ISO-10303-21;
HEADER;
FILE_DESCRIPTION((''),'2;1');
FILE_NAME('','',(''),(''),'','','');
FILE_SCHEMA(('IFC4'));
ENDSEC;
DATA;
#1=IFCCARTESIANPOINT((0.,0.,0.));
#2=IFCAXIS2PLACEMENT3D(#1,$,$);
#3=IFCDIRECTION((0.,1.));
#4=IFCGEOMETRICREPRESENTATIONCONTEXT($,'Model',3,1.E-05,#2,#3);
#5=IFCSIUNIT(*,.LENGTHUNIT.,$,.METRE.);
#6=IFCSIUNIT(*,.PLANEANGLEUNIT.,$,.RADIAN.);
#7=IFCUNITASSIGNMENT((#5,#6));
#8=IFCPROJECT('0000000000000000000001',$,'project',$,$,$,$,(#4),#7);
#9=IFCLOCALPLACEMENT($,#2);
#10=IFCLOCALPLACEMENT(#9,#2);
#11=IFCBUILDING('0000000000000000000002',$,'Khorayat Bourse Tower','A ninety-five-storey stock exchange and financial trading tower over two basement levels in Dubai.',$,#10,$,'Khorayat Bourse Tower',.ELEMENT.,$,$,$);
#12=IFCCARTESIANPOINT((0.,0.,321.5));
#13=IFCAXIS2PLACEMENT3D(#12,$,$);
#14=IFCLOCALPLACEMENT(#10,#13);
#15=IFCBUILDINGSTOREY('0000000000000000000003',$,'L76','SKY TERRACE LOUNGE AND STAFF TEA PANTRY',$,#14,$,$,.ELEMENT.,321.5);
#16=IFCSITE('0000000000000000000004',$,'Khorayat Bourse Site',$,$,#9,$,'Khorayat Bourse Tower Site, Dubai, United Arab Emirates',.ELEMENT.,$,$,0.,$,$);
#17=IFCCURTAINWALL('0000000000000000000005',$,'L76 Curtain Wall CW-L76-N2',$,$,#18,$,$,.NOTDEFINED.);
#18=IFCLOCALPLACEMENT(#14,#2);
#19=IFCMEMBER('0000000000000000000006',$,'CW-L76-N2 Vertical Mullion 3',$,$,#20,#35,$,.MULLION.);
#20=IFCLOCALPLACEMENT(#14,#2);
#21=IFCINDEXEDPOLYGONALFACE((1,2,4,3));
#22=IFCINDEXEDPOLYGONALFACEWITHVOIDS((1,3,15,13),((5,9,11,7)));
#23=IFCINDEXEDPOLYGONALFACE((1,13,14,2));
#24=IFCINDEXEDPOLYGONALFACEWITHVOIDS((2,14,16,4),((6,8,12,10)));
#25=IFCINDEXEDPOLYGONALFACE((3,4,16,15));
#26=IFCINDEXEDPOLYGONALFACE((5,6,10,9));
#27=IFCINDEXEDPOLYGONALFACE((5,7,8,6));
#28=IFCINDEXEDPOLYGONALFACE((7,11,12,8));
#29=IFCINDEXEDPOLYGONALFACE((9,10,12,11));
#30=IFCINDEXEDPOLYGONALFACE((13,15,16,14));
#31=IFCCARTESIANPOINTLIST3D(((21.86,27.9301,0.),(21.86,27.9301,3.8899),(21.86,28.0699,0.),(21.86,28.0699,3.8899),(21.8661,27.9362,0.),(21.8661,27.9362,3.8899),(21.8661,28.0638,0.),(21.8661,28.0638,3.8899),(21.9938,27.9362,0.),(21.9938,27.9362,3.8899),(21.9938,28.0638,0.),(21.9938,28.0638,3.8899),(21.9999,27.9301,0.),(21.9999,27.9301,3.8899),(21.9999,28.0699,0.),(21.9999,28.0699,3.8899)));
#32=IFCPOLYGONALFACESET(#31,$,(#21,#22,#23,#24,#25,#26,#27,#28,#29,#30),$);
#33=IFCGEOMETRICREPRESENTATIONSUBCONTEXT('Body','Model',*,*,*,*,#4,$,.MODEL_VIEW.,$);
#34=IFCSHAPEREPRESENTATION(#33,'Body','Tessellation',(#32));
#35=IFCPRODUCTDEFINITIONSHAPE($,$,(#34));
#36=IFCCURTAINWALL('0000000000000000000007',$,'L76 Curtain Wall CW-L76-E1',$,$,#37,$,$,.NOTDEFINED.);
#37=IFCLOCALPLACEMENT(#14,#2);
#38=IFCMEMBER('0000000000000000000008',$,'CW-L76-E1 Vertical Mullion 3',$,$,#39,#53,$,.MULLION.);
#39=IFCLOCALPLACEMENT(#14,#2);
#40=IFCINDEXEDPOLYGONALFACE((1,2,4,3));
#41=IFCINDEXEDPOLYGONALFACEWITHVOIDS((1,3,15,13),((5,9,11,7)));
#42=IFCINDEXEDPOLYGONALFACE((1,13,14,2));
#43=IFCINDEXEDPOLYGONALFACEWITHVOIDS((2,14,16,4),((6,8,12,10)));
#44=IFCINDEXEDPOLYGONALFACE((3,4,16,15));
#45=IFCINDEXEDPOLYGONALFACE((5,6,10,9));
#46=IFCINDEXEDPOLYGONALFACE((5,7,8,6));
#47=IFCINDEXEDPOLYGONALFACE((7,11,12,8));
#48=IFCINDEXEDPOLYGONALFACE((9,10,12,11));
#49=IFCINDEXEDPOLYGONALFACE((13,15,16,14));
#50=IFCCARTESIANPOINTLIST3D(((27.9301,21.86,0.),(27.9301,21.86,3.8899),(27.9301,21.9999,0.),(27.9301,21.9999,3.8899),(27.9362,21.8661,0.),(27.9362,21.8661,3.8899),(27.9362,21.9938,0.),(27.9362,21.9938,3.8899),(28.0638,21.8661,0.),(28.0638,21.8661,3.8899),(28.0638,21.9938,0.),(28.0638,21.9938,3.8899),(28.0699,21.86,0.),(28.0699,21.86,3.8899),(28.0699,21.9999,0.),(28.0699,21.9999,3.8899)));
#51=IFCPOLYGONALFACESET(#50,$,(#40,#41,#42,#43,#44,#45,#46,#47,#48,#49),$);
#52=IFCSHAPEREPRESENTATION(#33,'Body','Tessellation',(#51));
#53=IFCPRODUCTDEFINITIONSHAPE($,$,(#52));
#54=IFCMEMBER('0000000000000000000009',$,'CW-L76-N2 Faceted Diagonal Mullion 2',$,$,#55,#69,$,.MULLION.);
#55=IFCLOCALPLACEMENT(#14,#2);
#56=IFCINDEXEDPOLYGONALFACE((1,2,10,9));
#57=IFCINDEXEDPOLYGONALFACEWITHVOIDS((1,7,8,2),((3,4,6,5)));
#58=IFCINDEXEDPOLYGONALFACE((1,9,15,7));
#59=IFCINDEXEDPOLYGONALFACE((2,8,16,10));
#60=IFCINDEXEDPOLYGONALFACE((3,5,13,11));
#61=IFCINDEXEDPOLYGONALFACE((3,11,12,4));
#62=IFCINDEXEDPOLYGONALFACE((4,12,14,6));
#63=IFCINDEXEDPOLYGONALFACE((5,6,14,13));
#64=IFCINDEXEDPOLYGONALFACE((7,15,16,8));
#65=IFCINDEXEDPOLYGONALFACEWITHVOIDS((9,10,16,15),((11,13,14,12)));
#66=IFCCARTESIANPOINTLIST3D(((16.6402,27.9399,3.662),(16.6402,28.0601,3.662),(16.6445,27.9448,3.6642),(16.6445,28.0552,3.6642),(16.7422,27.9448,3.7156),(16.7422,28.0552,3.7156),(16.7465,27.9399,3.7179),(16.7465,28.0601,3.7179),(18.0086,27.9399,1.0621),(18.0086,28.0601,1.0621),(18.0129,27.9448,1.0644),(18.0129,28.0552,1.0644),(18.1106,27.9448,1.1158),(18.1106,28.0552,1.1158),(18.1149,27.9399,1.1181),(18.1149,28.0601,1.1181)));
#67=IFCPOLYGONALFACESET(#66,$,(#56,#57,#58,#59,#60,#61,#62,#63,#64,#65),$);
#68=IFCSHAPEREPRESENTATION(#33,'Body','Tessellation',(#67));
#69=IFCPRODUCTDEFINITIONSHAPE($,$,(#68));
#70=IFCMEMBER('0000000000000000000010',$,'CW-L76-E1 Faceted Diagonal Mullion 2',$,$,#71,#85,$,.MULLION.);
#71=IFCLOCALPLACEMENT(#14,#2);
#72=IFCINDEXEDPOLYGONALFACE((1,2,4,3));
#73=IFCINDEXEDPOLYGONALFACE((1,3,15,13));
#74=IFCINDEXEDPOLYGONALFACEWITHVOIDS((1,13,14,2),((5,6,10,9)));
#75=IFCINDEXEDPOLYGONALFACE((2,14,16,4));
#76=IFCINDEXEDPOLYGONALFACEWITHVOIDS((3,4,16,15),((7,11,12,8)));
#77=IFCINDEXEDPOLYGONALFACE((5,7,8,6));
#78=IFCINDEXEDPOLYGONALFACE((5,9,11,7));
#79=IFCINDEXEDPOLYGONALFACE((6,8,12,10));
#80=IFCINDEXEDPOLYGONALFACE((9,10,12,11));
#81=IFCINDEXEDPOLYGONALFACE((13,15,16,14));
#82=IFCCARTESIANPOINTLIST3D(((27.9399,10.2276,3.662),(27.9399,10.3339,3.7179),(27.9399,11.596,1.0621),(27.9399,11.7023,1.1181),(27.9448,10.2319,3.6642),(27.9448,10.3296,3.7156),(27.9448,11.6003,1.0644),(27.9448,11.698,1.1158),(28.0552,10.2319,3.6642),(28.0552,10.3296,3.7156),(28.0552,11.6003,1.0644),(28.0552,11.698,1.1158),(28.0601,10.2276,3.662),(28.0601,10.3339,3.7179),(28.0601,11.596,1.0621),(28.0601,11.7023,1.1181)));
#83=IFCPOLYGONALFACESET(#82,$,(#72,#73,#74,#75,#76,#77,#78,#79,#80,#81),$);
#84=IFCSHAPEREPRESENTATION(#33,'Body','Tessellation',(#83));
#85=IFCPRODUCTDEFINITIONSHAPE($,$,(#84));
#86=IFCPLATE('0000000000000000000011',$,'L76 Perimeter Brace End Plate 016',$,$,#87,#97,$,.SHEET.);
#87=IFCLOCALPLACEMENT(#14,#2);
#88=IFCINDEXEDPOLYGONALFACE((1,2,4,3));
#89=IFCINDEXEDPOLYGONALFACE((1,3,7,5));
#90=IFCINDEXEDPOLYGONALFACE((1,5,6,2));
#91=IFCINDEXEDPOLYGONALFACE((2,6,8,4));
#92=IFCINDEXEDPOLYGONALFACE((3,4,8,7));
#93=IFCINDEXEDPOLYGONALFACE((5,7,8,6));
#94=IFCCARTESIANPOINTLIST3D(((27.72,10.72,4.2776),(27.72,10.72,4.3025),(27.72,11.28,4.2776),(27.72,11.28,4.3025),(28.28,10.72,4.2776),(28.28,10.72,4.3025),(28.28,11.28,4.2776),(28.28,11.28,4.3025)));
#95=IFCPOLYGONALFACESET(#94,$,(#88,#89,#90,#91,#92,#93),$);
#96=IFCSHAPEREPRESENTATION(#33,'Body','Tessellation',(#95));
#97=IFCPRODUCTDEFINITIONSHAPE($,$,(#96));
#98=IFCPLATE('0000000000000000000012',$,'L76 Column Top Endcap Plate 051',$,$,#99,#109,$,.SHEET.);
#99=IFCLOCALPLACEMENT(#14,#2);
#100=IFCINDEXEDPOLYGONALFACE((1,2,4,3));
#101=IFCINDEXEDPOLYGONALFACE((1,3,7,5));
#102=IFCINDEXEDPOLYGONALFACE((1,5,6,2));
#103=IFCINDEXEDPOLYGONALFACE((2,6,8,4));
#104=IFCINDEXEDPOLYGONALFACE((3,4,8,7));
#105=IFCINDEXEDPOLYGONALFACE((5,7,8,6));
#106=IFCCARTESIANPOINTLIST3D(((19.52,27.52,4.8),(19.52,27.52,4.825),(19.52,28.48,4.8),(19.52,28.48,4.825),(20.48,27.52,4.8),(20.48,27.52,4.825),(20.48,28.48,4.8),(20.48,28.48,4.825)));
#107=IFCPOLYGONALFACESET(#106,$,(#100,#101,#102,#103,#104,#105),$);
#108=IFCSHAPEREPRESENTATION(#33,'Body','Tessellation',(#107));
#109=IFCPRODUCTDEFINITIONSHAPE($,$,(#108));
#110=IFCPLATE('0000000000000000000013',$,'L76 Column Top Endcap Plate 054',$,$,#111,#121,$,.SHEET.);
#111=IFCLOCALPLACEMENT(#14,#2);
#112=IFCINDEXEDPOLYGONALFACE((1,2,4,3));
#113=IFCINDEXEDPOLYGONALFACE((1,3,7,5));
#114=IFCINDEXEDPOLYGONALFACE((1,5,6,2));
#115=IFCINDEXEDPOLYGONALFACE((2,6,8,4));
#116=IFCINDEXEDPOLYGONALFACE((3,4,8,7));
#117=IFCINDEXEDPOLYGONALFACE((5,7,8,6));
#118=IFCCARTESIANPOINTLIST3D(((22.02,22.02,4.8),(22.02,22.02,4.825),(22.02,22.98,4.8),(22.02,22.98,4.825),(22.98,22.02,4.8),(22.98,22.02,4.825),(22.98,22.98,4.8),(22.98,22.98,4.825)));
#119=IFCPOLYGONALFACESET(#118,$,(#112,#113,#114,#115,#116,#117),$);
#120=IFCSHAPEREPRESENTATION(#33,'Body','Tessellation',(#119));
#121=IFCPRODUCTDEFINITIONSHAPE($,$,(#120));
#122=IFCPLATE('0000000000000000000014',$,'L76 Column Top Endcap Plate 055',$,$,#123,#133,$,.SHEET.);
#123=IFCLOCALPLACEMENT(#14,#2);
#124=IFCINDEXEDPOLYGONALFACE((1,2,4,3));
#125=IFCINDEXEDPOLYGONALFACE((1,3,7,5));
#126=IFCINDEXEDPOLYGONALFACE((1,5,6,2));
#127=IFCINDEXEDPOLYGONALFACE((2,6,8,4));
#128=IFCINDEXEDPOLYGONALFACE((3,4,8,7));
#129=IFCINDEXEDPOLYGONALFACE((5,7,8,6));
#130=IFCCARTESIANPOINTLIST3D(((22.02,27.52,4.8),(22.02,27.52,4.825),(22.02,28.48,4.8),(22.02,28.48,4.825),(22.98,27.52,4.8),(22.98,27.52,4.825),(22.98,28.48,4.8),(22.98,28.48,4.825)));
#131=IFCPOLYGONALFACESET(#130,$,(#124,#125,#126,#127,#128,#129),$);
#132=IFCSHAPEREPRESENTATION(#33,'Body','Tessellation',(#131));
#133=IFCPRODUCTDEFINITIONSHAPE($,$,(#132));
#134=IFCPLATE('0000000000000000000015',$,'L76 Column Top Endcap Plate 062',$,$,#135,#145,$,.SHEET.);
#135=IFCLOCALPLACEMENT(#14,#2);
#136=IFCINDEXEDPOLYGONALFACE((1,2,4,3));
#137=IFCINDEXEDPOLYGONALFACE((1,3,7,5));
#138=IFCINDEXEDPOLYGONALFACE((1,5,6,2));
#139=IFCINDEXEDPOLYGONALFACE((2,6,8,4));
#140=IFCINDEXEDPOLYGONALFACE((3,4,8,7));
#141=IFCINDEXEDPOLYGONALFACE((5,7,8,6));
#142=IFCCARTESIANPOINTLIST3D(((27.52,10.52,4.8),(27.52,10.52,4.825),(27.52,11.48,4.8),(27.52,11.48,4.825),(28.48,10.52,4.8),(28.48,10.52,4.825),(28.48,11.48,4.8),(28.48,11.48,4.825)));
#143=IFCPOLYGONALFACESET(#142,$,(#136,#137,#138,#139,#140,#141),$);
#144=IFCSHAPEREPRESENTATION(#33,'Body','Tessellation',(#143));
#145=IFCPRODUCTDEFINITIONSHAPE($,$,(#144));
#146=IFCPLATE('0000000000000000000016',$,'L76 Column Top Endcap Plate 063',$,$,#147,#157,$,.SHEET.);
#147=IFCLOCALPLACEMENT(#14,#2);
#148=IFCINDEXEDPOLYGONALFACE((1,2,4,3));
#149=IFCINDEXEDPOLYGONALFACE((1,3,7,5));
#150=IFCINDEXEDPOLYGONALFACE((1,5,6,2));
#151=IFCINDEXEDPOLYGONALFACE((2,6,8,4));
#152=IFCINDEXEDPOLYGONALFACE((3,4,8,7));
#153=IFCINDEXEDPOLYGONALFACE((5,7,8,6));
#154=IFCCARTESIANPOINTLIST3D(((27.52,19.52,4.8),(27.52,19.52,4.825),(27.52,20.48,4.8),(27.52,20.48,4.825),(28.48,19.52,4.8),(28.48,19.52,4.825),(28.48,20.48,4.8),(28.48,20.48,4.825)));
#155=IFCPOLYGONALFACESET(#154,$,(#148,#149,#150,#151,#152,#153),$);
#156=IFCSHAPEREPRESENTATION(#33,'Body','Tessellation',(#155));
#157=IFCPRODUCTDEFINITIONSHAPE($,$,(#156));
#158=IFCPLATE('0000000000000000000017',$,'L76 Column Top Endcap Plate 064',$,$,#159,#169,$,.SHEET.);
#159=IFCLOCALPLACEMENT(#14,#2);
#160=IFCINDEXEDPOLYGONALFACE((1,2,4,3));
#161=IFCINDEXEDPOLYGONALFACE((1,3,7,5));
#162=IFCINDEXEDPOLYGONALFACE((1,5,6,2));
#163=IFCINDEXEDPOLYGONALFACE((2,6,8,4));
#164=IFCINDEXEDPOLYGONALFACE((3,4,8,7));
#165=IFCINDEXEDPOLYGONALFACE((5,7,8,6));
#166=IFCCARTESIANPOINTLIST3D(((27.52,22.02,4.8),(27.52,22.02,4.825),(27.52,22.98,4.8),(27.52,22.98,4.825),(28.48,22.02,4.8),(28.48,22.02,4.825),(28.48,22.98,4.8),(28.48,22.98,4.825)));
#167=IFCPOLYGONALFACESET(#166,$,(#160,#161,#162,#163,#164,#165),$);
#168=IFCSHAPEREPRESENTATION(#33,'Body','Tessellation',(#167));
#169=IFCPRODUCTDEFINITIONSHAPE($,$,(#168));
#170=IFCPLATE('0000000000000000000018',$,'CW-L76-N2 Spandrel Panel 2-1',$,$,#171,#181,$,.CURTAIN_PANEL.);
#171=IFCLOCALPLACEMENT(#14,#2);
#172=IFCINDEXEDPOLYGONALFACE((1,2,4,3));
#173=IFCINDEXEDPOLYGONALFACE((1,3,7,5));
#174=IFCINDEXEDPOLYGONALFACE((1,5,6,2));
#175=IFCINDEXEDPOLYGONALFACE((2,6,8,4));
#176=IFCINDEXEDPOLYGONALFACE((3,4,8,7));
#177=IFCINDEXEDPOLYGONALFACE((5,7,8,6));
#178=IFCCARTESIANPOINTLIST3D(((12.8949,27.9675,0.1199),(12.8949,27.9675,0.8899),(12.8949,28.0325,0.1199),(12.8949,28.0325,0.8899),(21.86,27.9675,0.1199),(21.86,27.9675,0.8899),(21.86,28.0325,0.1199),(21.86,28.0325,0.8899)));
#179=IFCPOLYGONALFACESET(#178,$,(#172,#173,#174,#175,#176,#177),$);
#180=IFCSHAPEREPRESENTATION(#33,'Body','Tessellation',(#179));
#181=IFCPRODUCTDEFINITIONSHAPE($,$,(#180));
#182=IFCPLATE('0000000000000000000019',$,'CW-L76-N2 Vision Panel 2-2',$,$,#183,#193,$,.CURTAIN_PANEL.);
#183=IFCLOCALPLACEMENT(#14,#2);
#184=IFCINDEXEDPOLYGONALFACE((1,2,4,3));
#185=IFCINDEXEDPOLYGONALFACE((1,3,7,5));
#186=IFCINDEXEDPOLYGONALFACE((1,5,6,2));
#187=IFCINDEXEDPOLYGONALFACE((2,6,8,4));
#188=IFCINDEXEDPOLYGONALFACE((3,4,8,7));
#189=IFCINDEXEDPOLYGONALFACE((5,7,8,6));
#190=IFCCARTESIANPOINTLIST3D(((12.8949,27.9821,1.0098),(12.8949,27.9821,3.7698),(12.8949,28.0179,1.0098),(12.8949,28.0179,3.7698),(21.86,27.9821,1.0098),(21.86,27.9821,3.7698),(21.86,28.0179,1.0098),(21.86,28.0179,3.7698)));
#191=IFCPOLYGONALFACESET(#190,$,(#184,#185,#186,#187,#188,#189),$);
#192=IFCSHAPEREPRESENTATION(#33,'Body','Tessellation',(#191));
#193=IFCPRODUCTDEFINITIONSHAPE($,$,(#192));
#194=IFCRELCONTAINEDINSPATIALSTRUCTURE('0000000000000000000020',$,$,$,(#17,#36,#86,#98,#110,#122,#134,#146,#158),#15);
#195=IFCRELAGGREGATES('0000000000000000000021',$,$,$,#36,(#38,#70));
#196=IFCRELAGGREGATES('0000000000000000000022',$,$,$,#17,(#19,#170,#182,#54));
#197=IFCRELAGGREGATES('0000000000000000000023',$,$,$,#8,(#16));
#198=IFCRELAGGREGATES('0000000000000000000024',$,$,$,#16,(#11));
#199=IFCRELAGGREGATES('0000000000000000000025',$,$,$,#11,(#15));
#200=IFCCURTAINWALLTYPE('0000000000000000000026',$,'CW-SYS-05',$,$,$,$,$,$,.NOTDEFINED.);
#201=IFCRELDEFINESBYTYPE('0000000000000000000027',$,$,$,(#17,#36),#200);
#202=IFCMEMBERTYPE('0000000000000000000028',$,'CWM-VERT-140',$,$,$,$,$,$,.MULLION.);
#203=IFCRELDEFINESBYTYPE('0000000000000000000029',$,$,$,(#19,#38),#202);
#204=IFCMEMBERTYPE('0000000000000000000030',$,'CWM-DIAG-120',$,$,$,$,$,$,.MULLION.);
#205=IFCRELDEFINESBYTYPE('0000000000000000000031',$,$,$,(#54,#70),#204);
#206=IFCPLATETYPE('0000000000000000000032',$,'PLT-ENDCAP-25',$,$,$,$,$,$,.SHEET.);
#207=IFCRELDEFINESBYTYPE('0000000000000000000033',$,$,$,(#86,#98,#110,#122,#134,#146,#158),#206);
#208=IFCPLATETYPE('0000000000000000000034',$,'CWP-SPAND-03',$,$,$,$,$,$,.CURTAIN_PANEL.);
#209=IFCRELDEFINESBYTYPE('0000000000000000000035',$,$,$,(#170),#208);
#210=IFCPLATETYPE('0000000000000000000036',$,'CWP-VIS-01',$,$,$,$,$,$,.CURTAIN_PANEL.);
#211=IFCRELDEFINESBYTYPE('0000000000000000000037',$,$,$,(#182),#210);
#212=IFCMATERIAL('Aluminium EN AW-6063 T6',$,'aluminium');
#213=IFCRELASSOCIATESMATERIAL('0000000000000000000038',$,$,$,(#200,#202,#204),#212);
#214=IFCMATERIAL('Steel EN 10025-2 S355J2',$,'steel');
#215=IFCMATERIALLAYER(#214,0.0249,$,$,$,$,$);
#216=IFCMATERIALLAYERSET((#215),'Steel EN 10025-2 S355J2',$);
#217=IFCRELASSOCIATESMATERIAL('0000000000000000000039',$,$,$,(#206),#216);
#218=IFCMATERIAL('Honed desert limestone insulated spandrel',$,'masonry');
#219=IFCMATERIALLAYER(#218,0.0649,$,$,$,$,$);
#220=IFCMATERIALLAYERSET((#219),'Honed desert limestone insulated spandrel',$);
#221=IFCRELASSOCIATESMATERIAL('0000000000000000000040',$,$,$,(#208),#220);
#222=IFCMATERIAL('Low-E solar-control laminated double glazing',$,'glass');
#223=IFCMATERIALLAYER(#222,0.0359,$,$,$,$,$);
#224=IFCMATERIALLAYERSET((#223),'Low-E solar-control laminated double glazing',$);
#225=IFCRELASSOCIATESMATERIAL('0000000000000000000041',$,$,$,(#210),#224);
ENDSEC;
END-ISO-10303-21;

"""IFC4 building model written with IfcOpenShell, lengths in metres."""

from ifc_helpers import new_model, si_unit, direction, frame, origin, origin_2d, place, context, subcontext, project, spatial, rectangle, hollow_rectangle, extrude, source, transform, mapped, material, layer, layer_set, material_profile, profile_set, type_object, element, aggregate, save


model = new_model("IFC4")

# Units and contexts
model_context = context("Model", 3, precision=1e-05, world=origin(), true_north=direction((0.0, 1.0)))
body_context = subcontext(model_context, "Body", "Model", "MODEL_VIEW")
ifc_project = project(units=[si_unit("LENGTHUNIT", "METRE"), si_unit("PLANEANGLEUNIT", "RADIAN")], contexts=[model_context])

# Site, building, storey
site_placement = place(None, origin())
site = spatial("IfcSite", under=ifc_project, at=site_placement, Name="Khorayat Bourse Site", LongName="Khorayat Bourse Tower Site, Dubai, United Arab Emirates", CompositionType="ELEMENT", RefElevation=0.0)
building_placement = place(site_placement, origin())
building = spatial("IfcBuilding", under=site, at=building_placement, Name="Khorayat Bourse Tower", Description="A ninety-five-storey stock exchange and financial trading tower over two basement levels in Dubai.", LongName="Khorayat Bourse Tower", CompositionType="ELEMENT")
storey_placement = place(building_placement, frame((0.0, 0.0, 321.5)))
storey = spatial("IfcBuildingStorey", under=building, at=storey_placement, Name="L76", Description="SKY TERRACE LOUNGE AND STAFF TEA PANTRY", CompositionType="ELEMENT", Elevation=321.5)

# Curtain walls, members
ifc_material_1 = material(Name="Aluminium EN AW-6063 T6", Category="aluminium")
curtain_wall_type = type_object("IfcCurtainWallType", Name="CW-SYS-05", PredefinedType="NOTDEFINED", material=ifc_material_1)
curtain_wall_1_placement = place(storey_placement, origin())
curtain_wall_1 = element("IfcCurtainWall", 1, at=curtain_wall_1_placement, inside=storey, type_object=curtain_wall_type, Name="L76 Curtain Wall CW-L76-N2", PredefinedType="NOTDEFINED")
ifc_material_profile_1 = material_profile(ifc_material_1, hollow_rectangle(XDim=0.1399, YDim=0.1399, WallThickness=0.0061, at=origin_2d()), Name="ALU 140x140x6")
ifc_profile_set_1 = profile_set([ifc_material_profile_1], Name="Aluminium EN AW-6063 T6")
member_type_1 = type_object("IfcMemberType", Name="CWM-VERT-140", PredefinedType="MULLION", material=ifc_profile_set_1)
shared_shape_1 = source(origin(), body_context, "Body", "SweptSolid", [
    extrude(hollow_rectangle(XDim=0.1399, YDim=0.1399, WallThickness=0.0061, at=origin_2d()), origin(), (0.0, 0.0, 1.0), 3.8899),
])
member_1_placement = place(storey_placement, frame((21.9299, 28.0, 0.0), z_axis=(0.0, 0.0, 1.0), x_axis=(0.0, 1.0, 0.0)))
member_1 = element("IfcMember", 2, at=member_1_placement, type_object=member_type_1, Name="CW-L76-N2 Vertical Mullion 3", PredefinedType="MULLION", context=body_context, shape_type="MappedRepresentation", body=[
    mapped(shared_shape_1, transform((0.0, 0.0, 0.0), scale=1.0)),
])
curtain_wall_2_placement = place(storey_placement, origin())
curtain_wall_2 = element("IfcCurtainWall", 3, at=curtain_wall_2_placement, inside=storey, type_object=curtain_wall_type, Name="L76 Curtain Wall CW-L76-E1", PredefinedType="NOTDEFINED")
member_2_placement = place(storey_placement, frame((28.0, 21.9299, 0.0), z_axis=(0.0, 0.0, 1.0), x_axis=(-1.0, 0.0, 0.0)))
member_2 = element("IfcMember", 4, at=member_2_placement, type_object=member_type_1, Name="CW-L76-E1 Vertical Mullion 3", PredefinedType="MULLION", context=body_context, shape_type="MappedRepresentation", body=[
    mapped(shared_shape_1, transform((0.0, 0.0, 0.0), scale=1.0)),
])

# Members
ifc_material_profile_2 = material_profile(ifc_material_1, hollow_rectangle(XDim=0.1201, YDim=0.1201, WallThickness=0.0049, at=origin_2d()), Name="ALU 120x120x5")
ifc_profile_set_2 = profile_set([ifc_material_profile_2], Name="Aluminium EN AW-6063 T6")
member_type_2 = type_object("IfcMemberType", Name="CWM-DIAG-120", PredefinedType="MULLION", material=ifc_profile_set_2)
shared_shape_2 = source(origin(), body_context, "Body", "SweptSolid", [
    extrude(hollow_rectangle(XDim=0.1201, YDim=0.1201, WallThickness=0.0049, at=origin_2d()), origin(), (0.0, 0.0, 1.0), 2.938),
])
member_3_placement = place(storey_placement, frame((18.0618, 28.0, 1.0901), z_axis=(-0.465764, 0.0, 0.884909), x_axis=(0.0, -1.0, 0.0)))
member_3 = element("IfcMember", 5, at=member_3_placement, type_object=member_type_2, Name="CW-L76-N2 Faceted Diagonal Mullion 2", PredefinedType="MULLION", context=body_context, shape_type="MappedRepresentation", body=[
    mapped(shared_shape_2, transform((0.0, 0.0, 0.0), scale=1.0)),
])
member_4_placement = place(storey_placement, frame((28.0, 11.6492, 1.0901), z_axis=(0.0, -0.465764, 0.884909), x_axis=(1.0, 0.0, 0.0)))
member_4 = element("IfcMember", 6, at=member_4_placement, type_object=member_type_2, Name="CW-L76-E1 Faceted Diagonal Mullion 2", PredefinedType="MULLION", context=body_context, shape_type="MappedRepresentation", body=[
    mapped(shared_shape_2, transform((0.0, 0.0, 0.0), scale=1.0)),
])
aggregate(curtain_wall_2, [member_2, member_4])

# Plates
ifc_material_2 = material(Name="Steel EN 10025-2 S355J2", Category="steel")
ifc_layer_1 = layer(ifc_material_2, 0.0249)
ifc_layer_set_1 = layer_set([ifc_layer_1], Name="Steel EN 10025-2 S355J2")
plate_type_1 = type_object("IfcPlateType", Name="PLT-ENDCAP-25", PredefinedType="SHEET", material=ifc_layer_set_1)
shared_shape_3 = source(origin(), body_context, "Body", "SweptSolid", [
    extrude(rectangle(XDim=0.5601, YDim=0.5601, at=origin_2d()), origin(), (0.0, 0.0, 1.0), 0.0249),
])
plate_1_placement = place(storey_placement, frame((28.0, 11.0, 4.2776), z_axis=(0.0, 0.0, 1.0), x_axis=(1.0, 0.0, 0.0)))
element("IfcPlate", 7, at=plate_1_placement, inside=storey, type_object=plate_type_1, Name="L76 Perimeter Brace End Plate 016", PredefinedType="SHEET", context=body_context, shape_type="MappedRepresentation", body=[
    mapped(shared_shape_3, transform((0.0, 0.0, 0.0), scale=1.0)),
])
shared_shape_4 = source(origin(), body_context, "Body", "SweptSolid", [
    extrude(rectangle(XDim=0.96, YDim=0.96, at=origin_2d()), origin(), (0.0, 0.0, 1.0), 0.0249),
])
for number, where, z_axis, x_axis, name in (
    (8, (20.0, 28.0, 4.8), (0.0, 0.0, 1.0), (1.0, 0.0, 0.0), "L76 Column Top Endcap Plate 051"),
    (9, (22.5, 22.5, 4.8), (0.0, 0.0, 1.0), (1.0, 0.0, 0.0), "L76 Column Top Endcap Plate 054"),
    (10, (22.5, 28.0, 4.8), (0.0, 0.0, 1.0), (1.0, 0.0, 0.0), "L76 Column Top Endcap Plate 055"),
    (11, (28.0, 11.0, 4.8), (0.0, 0.0, 1.0), (1.0, 0.0, 0.0), "L76 Column Top Endcap Plate 062"),
    (12, (28.0, 20.0, 4.8), (0.0, 0.0, 1.0), (1.0, 0.0, 0.0), "L76 Column Top Endcap Plate 063"),
    (13, (28.0, 22.5, 4.8), (0.0, 0.0, 1.0), (1.0, 0.0, 0.0), "L76 Column Top Endcap Plate 064"),
):
    element("IfcPlate", number, at=place(storey_placement, frame(where, z_axis=z_axis, x_axis=x_axis)), inside=storey, type_object=plate_type_1, Name=name, PredefinedType="SHEET", context=body_context, shape_type="MappedRepresentation", body=[
        mapped(shared_shape_4, transform((0.0, 0.0, 0.0), scale=1.0)),
    ])

# Plates
ifc_material_3 = material(Name="Honed desert limestone insulated spandrel", Category="masonry")
ifc_layer_2 = layer(ifc_material_3, 0.0649)
ifc_layer_set_2 = layer_set([ifc_layer_2], Name="Honed desert limestone insulated spandrel")
plate_type_2 = type_object("IfcPlateType", Name="CWP-SPAND-03", PredefinedType="CURTAIN_PANEL", material=ifc_layer_set_2)
shared_shape_5 = source(origin(), body_context, "Body", "SweptSolid", [
    extrude(rectangle(XDim=8.9651, YDim=0.0649, at=origin_2d()), origin(), (0.0, 0.0, 1.0), 0.77),
])
plate_2_placement = place(storey_placement, frame((17.3774, 28.0, 0.1199), z_axis=(0.0, 0.0, 1.0), x_axis=(1.0, 0.0, 0.0)))
plate_2 = element("IfcPlate", 14, at=plate_2_placement, type_object=plate_type_2, Name="CW-L76-N2 Spandrel Panel 2-1", PredefinedType="CURTAIN_PANEL", context=body_context, shape_type="MappedRepresentation", body=[
    mapped(shared_shape_5, transform((0.0, 0.0, 0.0), scale=1.0)),
])
ifc_material_4 = material(Name="Low-E solar-control laminated double glazing", Category="glass")
ifc_layer_3 = layer(ifc_material_4, 0.0359)
ifc_layer_set_3 = layer_set([ifc_layer_3], Name="Low-E solar-control laminated double glazing")
plate_type_3 = type_object("IfcPlateType", Name="CWP-VIS-01", PredefinedType="CURTAIN_PANEL", material=ifc_layer_set_3)
shared_shape_6 = source(origin(), body_context, "Body", "SweptSolid", [
    extrude(rectangle(XDim=8.9651, YDim=0.0359, at=origin_2d()), origin(), (0.0, 0.0, 1.0), 2.76),
])
plate_3_placement = place(storey_placement, frame((17.3774, 28.0, 1.0098), z_axis=(0.0, 0.0, 1.0), x_axis=(1.0, 0.0, 0.0)))
plate_3 = element("IfcPlate", 15, at=plate_3_placement, type_object=plate_type_3, Name="CW-L76-N2 Vision Panel 2-2", PredefinedType="CURTAIN_PANEL", context=body_context, shape_type="MappedRepresentation", body=[
    mapped(shared_shape_6, transform((0.0, 0.0, 0.0), scale=1.0)),
])
aggregate(curtain_wall_1, [member_1, plate_2, plate_3, member_3])

save(model, "model.ifc")
